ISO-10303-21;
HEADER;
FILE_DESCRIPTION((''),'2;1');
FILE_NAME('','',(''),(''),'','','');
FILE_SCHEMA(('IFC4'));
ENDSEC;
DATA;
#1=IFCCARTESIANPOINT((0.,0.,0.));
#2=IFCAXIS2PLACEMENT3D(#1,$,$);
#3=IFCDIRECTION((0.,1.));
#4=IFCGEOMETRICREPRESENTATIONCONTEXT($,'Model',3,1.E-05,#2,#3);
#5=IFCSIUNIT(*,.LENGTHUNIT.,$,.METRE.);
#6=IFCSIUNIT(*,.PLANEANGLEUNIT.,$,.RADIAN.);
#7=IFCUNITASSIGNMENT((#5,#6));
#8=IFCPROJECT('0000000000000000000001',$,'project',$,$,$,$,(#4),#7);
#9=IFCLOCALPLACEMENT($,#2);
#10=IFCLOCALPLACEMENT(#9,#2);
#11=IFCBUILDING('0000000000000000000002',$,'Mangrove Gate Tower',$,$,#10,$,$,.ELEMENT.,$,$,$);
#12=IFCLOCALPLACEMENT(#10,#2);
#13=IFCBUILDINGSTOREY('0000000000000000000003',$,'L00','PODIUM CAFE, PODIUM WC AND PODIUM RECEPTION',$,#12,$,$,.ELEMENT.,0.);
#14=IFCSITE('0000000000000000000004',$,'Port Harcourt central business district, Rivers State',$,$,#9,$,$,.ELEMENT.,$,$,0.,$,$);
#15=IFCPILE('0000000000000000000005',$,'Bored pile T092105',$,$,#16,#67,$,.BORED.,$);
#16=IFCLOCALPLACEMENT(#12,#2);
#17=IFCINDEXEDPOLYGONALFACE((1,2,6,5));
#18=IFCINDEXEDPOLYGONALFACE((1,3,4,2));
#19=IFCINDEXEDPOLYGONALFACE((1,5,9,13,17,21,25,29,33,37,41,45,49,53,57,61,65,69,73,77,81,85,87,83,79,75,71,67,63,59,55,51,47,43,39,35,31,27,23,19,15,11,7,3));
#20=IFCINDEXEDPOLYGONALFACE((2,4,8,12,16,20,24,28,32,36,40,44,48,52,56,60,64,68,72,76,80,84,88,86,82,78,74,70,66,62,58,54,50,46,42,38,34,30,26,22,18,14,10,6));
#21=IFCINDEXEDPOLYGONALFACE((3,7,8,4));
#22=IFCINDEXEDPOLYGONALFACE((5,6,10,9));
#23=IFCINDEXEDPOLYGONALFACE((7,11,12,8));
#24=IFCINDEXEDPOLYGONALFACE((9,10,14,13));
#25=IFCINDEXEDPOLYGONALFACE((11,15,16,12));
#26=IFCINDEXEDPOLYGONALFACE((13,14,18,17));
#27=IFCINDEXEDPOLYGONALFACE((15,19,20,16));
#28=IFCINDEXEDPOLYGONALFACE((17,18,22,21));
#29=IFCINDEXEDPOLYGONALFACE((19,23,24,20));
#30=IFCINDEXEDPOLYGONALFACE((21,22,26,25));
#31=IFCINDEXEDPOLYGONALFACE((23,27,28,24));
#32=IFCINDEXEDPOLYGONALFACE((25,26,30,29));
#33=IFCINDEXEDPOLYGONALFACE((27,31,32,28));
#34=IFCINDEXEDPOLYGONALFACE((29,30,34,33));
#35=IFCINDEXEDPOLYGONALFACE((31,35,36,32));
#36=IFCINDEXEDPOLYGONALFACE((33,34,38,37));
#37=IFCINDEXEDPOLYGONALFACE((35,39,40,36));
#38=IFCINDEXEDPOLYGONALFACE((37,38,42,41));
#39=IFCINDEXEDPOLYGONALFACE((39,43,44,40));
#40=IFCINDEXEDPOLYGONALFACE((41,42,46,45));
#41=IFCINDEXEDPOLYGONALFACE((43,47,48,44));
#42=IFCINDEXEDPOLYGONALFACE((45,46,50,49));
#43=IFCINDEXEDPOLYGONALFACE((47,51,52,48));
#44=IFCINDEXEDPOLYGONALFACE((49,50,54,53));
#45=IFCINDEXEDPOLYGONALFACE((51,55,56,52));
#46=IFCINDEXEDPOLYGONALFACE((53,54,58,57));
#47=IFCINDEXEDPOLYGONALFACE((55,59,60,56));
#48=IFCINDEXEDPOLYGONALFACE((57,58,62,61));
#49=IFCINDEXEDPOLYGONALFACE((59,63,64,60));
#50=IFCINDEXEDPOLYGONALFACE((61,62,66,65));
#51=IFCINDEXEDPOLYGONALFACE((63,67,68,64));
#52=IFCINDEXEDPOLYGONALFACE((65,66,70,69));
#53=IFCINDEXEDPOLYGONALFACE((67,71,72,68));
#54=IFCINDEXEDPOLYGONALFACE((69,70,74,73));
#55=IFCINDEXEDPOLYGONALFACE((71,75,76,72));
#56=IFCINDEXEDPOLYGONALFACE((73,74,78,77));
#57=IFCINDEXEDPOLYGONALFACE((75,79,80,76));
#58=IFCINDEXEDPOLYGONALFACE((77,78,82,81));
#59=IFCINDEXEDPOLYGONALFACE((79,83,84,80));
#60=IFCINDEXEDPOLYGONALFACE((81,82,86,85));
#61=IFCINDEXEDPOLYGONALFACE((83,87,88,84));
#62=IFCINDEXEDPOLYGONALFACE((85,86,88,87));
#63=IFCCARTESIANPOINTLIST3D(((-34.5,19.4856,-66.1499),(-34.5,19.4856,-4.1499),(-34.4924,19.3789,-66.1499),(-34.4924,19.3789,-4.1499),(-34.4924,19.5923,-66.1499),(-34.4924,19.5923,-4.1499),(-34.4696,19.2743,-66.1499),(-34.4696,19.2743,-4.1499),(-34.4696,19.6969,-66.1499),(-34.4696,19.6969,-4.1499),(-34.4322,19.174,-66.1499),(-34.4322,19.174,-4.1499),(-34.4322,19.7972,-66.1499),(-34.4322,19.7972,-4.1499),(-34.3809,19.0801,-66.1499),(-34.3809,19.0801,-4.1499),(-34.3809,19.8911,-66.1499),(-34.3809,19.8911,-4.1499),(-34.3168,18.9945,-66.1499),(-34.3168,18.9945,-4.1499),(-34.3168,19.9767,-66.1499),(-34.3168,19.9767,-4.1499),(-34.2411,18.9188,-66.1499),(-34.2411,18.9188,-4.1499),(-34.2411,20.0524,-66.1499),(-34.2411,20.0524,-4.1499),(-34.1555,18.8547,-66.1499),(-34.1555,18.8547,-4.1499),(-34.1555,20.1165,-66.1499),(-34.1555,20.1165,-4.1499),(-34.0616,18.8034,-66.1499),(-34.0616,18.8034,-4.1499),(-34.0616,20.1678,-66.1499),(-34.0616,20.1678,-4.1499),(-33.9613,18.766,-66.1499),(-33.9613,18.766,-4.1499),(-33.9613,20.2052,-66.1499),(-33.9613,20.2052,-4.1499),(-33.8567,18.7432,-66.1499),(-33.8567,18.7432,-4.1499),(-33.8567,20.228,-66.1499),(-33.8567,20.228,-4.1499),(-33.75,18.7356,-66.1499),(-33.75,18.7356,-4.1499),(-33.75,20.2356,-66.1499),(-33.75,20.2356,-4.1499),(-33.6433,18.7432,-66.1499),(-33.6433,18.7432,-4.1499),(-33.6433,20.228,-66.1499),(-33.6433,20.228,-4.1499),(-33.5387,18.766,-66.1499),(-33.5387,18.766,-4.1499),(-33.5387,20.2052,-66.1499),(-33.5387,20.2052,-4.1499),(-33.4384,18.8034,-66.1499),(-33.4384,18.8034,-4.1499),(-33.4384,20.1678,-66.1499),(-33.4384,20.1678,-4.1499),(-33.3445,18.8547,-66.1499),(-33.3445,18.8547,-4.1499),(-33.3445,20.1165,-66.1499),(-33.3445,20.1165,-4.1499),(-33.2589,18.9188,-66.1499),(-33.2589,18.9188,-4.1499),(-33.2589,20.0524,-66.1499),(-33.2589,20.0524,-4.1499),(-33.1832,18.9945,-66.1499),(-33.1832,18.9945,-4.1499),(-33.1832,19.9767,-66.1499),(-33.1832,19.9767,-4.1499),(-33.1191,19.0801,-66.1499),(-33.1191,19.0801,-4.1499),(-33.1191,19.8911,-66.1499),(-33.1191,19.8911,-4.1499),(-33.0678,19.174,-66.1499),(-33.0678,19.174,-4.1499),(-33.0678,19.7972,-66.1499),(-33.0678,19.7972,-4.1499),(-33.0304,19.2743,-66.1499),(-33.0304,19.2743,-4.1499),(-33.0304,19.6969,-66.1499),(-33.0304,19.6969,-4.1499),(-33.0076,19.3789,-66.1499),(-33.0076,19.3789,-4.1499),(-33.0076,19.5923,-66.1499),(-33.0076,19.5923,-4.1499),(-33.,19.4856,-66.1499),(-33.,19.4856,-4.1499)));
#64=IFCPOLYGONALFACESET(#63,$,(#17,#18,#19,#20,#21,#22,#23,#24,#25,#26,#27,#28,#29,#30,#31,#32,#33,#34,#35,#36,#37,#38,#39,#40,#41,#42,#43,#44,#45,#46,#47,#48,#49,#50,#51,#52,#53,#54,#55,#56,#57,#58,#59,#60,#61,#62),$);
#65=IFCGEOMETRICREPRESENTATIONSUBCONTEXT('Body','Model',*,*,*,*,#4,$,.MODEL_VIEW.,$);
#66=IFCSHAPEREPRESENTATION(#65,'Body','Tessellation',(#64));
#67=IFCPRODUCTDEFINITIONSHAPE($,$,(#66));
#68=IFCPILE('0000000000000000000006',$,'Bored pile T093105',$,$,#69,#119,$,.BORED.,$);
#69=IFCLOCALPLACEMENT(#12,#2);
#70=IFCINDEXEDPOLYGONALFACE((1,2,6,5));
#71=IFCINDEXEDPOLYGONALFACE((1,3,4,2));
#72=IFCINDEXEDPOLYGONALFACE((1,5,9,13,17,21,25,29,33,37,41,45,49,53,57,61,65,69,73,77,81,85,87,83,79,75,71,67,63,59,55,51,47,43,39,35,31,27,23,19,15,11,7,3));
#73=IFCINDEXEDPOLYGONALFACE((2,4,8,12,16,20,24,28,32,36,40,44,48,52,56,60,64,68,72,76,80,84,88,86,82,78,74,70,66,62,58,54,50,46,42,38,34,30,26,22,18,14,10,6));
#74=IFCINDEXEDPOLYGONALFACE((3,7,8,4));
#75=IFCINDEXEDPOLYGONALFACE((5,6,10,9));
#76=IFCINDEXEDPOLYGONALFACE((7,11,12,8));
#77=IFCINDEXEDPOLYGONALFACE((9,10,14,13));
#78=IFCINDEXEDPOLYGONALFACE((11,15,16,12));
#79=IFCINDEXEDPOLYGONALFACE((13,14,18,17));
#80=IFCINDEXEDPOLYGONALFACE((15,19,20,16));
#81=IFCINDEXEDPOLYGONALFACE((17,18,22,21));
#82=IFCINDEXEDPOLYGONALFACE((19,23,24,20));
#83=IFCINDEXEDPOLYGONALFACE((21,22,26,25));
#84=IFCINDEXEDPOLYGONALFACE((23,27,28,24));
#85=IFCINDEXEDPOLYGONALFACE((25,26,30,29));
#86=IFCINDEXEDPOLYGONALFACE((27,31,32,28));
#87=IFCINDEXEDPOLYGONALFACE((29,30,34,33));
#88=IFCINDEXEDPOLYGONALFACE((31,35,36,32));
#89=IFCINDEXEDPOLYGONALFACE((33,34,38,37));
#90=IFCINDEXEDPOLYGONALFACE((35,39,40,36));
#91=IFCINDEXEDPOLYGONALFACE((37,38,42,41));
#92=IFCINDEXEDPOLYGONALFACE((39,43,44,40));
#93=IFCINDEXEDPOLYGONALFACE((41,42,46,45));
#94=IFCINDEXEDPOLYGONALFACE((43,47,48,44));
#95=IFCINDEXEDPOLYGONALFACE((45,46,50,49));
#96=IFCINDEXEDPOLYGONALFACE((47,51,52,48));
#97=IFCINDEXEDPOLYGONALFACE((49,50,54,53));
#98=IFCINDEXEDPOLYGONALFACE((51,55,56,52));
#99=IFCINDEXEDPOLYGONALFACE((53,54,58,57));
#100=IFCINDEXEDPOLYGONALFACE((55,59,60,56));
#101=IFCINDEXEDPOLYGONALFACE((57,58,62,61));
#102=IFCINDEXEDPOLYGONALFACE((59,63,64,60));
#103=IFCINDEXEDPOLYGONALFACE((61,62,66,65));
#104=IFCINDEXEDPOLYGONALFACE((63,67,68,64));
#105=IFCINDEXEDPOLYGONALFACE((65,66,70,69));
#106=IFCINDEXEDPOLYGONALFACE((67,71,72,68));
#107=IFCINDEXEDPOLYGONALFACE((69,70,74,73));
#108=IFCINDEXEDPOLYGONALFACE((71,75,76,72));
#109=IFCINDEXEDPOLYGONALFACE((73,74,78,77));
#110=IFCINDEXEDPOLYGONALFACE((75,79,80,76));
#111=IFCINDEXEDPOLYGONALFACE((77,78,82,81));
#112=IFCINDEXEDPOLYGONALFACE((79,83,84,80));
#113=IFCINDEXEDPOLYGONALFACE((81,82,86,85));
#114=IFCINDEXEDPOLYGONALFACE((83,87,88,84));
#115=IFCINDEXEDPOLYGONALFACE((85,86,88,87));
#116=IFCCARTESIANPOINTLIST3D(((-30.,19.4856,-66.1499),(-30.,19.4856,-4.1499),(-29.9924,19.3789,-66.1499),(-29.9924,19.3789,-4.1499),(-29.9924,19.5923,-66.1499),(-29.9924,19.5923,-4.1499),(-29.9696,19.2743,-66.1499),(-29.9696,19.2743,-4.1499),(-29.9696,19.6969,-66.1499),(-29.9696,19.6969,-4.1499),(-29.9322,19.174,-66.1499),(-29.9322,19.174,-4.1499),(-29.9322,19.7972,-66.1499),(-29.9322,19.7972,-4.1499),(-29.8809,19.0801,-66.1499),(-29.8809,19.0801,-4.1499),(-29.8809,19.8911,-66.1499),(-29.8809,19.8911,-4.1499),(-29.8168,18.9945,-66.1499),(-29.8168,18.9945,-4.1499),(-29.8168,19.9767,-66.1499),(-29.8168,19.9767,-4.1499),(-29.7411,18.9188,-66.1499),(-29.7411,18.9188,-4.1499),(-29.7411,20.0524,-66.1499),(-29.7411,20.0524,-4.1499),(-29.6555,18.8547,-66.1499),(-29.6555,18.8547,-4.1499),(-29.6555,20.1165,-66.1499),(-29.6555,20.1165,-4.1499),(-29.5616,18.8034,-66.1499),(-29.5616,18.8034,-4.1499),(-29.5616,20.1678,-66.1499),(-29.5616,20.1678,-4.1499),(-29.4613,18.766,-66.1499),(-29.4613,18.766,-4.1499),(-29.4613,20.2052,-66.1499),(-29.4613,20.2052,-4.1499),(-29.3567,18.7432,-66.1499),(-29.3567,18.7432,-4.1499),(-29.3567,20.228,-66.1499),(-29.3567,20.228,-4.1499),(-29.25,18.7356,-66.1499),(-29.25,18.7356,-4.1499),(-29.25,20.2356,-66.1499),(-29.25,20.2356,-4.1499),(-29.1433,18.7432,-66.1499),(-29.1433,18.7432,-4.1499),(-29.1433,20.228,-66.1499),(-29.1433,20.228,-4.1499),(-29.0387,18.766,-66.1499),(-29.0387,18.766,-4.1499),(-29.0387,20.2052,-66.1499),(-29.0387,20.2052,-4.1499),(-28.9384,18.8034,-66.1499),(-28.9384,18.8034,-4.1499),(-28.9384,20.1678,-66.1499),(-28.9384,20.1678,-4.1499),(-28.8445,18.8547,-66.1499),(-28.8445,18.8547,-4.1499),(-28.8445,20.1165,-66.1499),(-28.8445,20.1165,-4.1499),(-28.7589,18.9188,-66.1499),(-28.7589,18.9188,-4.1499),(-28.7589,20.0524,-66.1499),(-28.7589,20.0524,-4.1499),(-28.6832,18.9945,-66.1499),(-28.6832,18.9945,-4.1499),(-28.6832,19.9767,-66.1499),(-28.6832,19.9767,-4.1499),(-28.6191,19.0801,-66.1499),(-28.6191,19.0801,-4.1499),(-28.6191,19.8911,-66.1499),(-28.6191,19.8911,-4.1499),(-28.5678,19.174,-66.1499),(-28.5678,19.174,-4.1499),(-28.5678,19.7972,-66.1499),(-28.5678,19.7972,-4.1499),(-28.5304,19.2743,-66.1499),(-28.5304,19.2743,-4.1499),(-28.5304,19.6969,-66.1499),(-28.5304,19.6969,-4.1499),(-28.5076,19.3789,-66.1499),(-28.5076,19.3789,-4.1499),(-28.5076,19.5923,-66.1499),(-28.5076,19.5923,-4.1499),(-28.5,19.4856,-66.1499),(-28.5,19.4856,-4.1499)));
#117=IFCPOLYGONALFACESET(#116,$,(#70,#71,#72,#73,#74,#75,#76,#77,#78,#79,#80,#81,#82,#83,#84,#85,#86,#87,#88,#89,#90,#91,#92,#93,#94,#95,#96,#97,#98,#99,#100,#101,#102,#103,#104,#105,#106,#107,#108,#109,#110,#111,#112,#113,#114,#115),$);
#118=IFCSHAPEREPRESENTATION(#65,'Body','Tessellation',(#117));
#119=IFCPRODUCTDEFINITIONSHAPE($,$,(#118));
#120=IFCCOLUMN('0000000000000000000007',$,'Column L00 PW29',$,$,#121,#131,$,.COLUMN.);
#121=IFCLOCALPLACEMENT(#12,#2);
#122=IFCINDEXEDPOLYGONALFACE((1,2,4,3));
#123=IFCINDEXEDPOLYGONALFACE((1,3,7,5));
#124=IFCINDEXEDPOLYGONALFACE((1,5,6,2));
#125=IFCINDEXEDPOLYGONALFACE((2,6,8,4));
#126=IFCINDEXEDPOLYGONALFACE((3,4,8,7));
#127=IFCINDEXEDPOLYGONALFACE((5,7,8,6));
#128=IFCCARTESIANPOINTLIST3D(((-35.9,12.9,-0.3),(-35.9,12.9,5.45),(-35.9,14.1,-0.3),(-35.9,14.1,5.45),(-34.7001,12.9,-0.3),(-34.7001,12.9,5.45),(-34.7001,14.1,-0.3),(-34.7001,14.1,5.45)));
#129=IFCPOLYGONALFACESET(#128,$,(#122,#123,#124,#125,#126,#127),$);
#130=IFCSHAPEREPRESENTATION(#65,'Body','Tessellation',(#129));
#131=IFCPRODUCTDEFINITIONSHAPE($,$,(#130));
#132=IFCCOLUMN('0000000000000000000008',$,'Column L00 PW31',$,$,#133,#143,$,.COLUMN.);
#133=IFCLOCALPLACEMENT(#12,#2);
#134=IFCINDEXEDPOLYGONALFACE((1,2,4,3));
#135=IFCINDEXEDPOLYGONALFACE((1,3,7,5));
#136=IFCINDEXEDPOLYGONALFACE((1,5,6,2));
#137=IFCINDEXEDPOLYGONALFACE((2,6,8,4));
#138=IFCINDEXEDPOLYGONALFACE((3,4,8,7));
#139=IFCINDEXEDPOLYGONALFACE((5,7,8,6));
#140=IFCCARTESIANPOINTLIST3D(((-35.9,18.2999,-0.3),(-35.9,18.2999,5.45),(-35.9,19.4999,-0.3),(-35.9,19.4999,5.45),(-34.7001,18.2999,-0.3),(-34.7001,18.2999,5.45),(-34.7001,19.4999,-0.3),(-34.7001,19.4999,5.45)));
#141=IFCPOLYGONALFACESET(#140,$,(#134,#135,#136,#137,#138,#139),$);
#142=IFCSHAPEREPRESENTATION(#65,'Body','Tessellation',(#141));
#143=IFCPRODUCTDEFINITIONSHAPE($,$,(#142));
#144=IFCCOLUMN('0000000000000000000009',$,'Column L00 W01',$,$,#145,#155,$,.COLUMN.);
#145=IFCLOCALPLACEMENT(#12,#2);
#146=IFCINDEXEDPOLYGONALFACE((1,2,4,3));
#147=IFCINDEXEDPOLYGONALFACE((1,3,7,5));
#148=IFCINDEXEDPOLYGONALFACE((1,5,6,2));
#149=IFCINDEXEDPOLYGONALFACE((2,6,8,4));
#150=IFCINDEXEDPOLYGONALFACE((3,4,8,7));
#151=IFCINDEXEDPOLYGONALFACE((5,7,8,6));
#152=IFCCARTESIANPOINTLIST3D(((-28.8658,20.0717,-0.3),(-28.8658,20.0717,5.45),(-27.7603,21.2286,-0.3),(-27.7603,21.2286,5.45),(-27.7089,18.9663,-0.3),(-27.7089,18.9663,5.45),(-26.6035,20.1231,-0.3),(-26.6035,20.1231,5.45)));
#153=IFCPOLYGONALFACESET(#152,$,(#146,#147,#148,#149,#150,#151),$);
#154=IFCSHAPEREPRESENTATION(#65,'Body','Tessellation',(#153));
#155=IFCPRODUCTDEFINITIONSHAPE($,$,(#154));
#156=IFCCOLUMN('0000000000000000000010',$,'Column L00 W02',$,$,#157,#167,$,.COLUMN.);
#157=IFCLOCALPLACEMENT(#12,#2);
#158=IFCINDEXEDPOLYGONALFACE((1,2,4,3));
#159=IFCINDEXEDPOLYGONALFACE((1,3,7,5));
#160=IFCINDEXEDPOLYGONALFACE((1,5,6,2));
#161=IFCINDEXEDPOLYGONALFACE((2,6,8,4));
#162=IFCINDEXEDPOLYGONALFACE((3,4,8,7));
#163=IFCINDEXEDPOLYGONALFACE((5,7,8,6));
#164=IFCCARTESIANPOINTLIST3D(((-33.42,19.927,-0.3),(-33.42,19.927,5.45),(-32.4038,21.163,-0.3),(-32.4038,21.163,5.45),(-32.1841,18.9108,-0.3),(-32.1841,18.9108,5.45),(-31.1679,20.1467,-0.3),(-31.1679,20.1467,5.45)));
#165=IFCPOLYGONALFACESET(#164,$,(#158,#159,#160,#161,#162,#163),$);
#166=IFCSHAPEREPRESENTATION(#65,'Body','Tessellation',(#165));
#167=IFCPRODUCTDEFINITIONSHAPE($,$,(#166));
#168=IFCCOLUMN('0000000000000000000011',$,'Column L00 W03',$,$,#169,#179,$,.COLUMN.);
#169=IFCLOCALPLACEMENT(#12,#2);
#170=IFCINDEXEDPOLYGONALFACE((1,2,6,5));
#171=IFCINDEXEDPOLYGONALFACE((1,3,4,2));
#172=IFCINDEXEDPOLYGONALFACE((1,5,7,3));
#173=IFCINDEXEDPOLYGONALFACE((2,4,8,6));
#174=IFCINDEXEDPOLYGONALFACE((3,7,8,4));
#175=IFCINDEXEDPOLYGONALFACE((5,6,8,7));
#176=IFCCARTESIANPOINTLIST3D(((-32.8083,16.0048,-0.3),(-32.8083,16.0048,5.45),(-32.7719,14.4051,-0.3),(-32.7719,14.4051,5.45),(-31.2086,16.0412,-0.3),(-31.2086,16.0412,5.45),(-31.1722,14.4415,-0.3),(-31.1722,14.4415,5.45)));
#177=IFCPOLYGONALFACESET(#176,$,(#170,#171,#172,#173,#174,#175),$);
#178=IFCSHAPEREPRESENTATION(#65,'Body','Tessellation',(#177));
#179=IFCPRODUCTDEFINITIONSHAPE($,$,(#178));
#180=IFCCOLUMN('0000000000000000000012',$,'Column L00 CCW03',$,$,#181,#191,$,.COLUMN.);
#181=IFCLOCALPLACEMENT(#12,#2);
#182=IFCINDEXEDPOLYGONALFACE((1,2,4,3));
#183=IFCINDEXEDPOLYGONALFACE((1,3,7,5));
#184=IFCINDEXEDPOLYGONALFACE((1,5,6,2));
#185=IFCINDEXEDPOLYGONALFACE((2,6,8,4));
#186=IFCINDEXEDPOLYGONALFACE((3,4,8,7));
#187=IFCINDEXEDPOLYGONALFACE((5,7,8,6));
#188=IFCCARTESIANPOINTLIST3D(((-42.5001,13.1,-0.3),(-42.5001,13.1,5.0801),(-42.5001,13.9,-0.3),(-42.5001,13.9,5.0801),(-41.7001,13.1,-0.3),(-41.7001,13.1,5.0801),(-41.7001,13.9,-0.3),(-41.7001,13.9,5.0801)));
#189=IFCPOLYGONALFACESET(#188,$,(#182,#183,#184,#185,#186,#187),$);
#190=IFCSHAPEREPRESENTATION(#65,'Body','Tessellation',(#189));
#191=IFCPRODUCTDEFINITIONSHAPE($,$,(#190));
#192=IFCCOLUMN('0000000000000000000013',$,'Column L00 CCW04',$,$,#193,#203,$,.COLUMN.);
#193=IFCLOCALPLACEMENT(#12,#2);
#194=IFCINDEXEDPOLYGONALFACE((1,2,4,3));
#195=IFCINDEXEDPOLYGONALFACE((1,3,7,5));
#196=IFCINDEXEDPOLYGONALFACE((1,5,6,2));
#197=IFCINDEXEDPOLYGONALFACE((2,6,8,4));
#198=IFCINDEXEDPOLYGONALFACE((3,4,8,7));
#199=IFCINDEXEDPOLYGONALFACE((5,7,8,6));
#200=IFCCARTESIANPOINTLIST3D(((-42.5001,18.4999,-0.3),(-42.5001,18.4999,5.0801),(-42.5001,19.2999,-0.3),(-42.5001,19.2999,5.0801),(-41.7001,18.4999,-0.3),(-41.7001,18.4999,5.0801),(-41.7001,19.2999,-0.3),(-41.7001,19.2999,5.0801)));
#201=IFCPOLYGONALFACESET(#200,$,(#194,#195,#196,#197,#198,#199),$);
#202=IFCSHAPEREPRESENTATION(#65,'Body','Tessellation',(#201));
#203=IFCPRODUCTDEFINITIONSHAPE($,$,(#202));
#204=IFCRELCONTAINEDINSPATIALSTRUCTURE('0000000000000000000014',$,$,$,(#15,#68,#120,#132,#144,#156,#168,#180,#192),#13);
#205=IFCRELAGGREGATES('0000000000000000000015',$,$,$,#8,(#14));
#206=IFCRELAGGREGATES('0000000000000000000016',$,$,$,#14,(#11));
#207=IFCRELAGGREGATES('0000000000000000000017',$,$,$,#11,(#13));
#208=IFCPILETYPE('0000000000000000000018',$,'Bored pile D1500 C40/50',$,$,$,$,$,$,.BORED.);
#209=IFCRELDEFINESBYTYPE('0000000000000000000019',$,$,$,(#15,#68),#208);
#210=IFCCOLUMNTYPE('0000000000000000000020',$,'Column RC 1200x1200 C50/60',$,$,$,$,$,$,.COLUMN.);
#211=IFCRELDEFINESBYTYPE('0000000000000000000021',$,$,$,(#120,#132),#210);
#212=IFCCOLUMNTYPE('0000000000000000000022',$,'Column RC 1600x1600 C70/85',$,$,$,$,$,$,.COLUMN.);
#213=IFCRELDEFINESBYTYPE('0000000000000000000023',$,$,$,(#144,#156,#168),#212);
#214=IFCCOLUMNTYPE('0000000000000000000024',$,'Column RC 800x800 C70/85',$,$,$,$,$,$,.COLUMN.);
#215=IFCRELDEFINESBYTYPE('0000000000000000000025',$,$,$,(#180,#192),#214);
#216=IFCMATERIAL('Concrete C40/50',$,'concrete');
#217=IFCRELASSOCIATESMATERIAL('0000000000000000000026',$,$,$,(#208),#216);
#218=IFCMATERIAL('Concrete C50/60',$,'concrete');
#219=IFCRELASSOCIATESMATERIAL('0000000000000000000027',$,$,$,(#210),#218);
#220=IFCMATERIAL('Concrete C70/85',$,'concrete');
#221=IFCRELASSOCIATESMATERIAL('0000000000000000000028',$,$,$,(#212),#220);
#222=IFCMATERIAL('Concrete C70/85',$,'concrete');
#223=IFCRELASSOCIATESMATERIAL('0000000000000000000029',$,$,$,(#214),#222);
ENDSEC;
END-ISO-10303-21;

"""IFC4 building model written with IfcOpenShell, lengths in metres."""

from ifc_helpers import new_model, si_unit, direction, frame, origin, origin_2d, place, context, subcontext, project, spatial, rectangle, circle, extrude, material, material_profile, profile_set, type_object, element, save


model = new_model("IFC4")

# Units and contexts
model_context = context("Model", 3, precision=1e-05, world=origin(), true_north=direction((0.0, 1.0)))
body_context = subcontext(model_context, "Body", "Model", "MODEL_VIEW")
ifc_project = project(units=[si_unit("LENGTHUNIT", "METRE"), si_unit("PLANEANGLEUNIT", "RADIAN")], contexts=[model_context])

# Site, building, storey
site_placement = place(None, origin())
site = spatial("IfcSite", under=ifc_project, at=site_placement, Name="Port Harcourt central business district, Rivers State", CompositionType="ELEMENT", RefElevation=0.0)
building_placement = place(site_placement, origin())
building = spatial("IfcBuilding", under=site, at=building_placement, Name="Mangrove Gate Tower", CompositionType="ELEMENT")
storey_placement = place(building_placement, origin())
storey = spatial("IfcBuildingStorey", under=building, at=storey_placement, Name="L00", Description="PODIUM CAFE, PODIUM WC AND PODIUM RECEPTION", CompositionType="ELEMENT", Elevation=0.0)

# Piles
ifc_material_1 = material(Name="Concrete C40/50", Category="concrete")
ifc_material_profile_1 = material_profile(ifc_material_1, circle(Radius=0.75, at=origin_2d()))
ifc_profile_set_1 = profile_set([ifc_material_profile_1], Name="Concrete C40/50")
pile_type = type_object("IfcPileType", Name="Bored pile D1500 C40/50", PredefinedType="BORED", material=ifc_profile_set_1)
for number, where, z_axis, x_axis, name in (
    (1, (-33.75, 19.4856, -4.1499), (0.0, 0.0, -1.0), (1.0, 0.0, 0.0), "Bored pile T092105"),
    (2, (-29.25, 19.4856, -4.1499), (0.0, 0.0, -1.0), (1.0, 0.0, 0.0), "Bored pile T093105"),
):
    element("IfcPile", number, at=place(storey_placement, frame(where, z_axis=z_axis, x_axis=x_axis)), inside=storey, type_object=pile_type, Name=name, PredefinedType="BORED", context=body_context, shape_type="SweptSolid", body=[
        extrude(circle(Radius=0.75, at=origin_2d()), origin(), (0.0, 0.0, 1.0), 62.0),
    ])

# Columns
ifc_material_2 = material(Name="Concrete C50/60", Category="concrete")
ifc_material_profile_2 = material_profile(ifc_material_2, rectangle(XDim=1.2, YDim=1.2, at=origin_2d()))
ifc_profile_set_2 = profile_set([ifc_material_profile_2], Name="Concrete C50/60")
column_type_1 = type_object("IfcColumnType", Name="Column RC 1200x1200 C50/60", PredefinedType="COLUMN", material=ifc_profile_set_2)
for number, where, z_axis, x_axis, name in (
    (3, (-35.3, 13.5, -0.3), (0.0, 0.0, 1.0), (1.0, 0.0, 0.0), "Column L00 PW29"),
    (4, (-35.3, 18.8999, -0.3), (0.0, 0.0, 1.0), (1.0, 0.0, 0.0), "Column L00 PW31"),
):
    element("IfcColumn", number, at=place(storey_placement, frame(where, z_axis=z_axis, x_axis=x_axis)), inside=storey, type_object=column_type_1, Name=name, PredefinedType="COLUMN", context=body_context, shape_type="SweptSolid", body=[
        extrude(rectangle(XDim=1.2, YDim=1.2, at=origin_2d()), origin(), (0.0, 0.0, 1.0), 5.75),
    ])
ifc_material_3 = material(Name="Concrete C70/85", Category="concrete")
ifc_material_profile_3 = material_profile(ifc_material_3, rectangle(XDim=1.6001, YDim=1.6001, at=origin_2d()))
ifc_profile_set_3 = profile_set([ifc_material_profile_3], Name="Concrete C70/85")
column_type_2 = type_object("IfcColumnType", Name="Column RC 1600x1600 C70/85", PredefinedType="COLUMN", material=ifc_profile_set_3)
for number, where, z_axis, x_axis, name in (
    (5, (-27.7346, 20.0974, -0.3), (0.0, 0.0, 1.0), (-0.690863, -0.722986, 0.0), "Column L00 W01"),
    (6, (-32.2939, 20.0369, -0.3), (0.0, 0.0, 1.0), (-0.635105, -0.772425, 0.0), "Column L00 W02"),
    (7, (-31.9902, 15.2231, -0.3), (0.0, 0.0, 1.0), (0.022747, -0.999741, 0.0), "Column L00 W03"),
):
    element("IfcColumn", number, at=place(storey_placement, frame(where, z_axis=z_axis, x_axis=x_axis)), inside=storey, type_object=column_type_2, Name=name, PredefinedType="COLUMN", context=body_context, shape_type="SweptSolid", body=[
        extrude(rectangle(XDim=1.6001, YDim=1.6001, at=origin_2d()), origin(), (0.0, 0.0, 1.0), 5.75),
    ])
ifc_material_4 = material(Name="Concrete C70/85", Category="concrete")
ifc_material_profile_4 = material_profile(ifc_material_4, rectangle(XDim=0.8, YDim=0.8, at=origin_2d()))
ifc_profile_set_4 = profile_set([ifc_material_profile_4], Name="Concrete C70/85")
column_type_3 = type_object("IfcColumnType", Name="Column RC 800x800 C70/85", PredefinedType="COLUMN", material=ifc_profile_set_4)
for number, where, z_axis, x_axis, name in (
    (8, (-42.1001, 13.5, -0.3), (0.0, 0.0, 1.0), (1.0, 0.0, 0.0), "Column L00 CCW03"),
    (9, (-42.1001, 18.8999, -0.3), (0.0, 0.0, 1.0), (1.0, 0.0, 0.0), "Column L00 CCW04"),
):
    element("IfcColumn", number, at=place(storey_placement, frame(where, z_axis=z_axis, x_axis=x_axis)), inside=storey, type_object=column_type_3, Name=name, PredefinedType="COLUMN", context=body_context, shape_type="SweptSolid", body=[
        extrude(rectangle(XDim=0.8, YDim=0.8, at=origin_2d()), origin(), (0.0, 0.0, 1.0), 5.3801),
    ])

save(model, "model.ifc")
